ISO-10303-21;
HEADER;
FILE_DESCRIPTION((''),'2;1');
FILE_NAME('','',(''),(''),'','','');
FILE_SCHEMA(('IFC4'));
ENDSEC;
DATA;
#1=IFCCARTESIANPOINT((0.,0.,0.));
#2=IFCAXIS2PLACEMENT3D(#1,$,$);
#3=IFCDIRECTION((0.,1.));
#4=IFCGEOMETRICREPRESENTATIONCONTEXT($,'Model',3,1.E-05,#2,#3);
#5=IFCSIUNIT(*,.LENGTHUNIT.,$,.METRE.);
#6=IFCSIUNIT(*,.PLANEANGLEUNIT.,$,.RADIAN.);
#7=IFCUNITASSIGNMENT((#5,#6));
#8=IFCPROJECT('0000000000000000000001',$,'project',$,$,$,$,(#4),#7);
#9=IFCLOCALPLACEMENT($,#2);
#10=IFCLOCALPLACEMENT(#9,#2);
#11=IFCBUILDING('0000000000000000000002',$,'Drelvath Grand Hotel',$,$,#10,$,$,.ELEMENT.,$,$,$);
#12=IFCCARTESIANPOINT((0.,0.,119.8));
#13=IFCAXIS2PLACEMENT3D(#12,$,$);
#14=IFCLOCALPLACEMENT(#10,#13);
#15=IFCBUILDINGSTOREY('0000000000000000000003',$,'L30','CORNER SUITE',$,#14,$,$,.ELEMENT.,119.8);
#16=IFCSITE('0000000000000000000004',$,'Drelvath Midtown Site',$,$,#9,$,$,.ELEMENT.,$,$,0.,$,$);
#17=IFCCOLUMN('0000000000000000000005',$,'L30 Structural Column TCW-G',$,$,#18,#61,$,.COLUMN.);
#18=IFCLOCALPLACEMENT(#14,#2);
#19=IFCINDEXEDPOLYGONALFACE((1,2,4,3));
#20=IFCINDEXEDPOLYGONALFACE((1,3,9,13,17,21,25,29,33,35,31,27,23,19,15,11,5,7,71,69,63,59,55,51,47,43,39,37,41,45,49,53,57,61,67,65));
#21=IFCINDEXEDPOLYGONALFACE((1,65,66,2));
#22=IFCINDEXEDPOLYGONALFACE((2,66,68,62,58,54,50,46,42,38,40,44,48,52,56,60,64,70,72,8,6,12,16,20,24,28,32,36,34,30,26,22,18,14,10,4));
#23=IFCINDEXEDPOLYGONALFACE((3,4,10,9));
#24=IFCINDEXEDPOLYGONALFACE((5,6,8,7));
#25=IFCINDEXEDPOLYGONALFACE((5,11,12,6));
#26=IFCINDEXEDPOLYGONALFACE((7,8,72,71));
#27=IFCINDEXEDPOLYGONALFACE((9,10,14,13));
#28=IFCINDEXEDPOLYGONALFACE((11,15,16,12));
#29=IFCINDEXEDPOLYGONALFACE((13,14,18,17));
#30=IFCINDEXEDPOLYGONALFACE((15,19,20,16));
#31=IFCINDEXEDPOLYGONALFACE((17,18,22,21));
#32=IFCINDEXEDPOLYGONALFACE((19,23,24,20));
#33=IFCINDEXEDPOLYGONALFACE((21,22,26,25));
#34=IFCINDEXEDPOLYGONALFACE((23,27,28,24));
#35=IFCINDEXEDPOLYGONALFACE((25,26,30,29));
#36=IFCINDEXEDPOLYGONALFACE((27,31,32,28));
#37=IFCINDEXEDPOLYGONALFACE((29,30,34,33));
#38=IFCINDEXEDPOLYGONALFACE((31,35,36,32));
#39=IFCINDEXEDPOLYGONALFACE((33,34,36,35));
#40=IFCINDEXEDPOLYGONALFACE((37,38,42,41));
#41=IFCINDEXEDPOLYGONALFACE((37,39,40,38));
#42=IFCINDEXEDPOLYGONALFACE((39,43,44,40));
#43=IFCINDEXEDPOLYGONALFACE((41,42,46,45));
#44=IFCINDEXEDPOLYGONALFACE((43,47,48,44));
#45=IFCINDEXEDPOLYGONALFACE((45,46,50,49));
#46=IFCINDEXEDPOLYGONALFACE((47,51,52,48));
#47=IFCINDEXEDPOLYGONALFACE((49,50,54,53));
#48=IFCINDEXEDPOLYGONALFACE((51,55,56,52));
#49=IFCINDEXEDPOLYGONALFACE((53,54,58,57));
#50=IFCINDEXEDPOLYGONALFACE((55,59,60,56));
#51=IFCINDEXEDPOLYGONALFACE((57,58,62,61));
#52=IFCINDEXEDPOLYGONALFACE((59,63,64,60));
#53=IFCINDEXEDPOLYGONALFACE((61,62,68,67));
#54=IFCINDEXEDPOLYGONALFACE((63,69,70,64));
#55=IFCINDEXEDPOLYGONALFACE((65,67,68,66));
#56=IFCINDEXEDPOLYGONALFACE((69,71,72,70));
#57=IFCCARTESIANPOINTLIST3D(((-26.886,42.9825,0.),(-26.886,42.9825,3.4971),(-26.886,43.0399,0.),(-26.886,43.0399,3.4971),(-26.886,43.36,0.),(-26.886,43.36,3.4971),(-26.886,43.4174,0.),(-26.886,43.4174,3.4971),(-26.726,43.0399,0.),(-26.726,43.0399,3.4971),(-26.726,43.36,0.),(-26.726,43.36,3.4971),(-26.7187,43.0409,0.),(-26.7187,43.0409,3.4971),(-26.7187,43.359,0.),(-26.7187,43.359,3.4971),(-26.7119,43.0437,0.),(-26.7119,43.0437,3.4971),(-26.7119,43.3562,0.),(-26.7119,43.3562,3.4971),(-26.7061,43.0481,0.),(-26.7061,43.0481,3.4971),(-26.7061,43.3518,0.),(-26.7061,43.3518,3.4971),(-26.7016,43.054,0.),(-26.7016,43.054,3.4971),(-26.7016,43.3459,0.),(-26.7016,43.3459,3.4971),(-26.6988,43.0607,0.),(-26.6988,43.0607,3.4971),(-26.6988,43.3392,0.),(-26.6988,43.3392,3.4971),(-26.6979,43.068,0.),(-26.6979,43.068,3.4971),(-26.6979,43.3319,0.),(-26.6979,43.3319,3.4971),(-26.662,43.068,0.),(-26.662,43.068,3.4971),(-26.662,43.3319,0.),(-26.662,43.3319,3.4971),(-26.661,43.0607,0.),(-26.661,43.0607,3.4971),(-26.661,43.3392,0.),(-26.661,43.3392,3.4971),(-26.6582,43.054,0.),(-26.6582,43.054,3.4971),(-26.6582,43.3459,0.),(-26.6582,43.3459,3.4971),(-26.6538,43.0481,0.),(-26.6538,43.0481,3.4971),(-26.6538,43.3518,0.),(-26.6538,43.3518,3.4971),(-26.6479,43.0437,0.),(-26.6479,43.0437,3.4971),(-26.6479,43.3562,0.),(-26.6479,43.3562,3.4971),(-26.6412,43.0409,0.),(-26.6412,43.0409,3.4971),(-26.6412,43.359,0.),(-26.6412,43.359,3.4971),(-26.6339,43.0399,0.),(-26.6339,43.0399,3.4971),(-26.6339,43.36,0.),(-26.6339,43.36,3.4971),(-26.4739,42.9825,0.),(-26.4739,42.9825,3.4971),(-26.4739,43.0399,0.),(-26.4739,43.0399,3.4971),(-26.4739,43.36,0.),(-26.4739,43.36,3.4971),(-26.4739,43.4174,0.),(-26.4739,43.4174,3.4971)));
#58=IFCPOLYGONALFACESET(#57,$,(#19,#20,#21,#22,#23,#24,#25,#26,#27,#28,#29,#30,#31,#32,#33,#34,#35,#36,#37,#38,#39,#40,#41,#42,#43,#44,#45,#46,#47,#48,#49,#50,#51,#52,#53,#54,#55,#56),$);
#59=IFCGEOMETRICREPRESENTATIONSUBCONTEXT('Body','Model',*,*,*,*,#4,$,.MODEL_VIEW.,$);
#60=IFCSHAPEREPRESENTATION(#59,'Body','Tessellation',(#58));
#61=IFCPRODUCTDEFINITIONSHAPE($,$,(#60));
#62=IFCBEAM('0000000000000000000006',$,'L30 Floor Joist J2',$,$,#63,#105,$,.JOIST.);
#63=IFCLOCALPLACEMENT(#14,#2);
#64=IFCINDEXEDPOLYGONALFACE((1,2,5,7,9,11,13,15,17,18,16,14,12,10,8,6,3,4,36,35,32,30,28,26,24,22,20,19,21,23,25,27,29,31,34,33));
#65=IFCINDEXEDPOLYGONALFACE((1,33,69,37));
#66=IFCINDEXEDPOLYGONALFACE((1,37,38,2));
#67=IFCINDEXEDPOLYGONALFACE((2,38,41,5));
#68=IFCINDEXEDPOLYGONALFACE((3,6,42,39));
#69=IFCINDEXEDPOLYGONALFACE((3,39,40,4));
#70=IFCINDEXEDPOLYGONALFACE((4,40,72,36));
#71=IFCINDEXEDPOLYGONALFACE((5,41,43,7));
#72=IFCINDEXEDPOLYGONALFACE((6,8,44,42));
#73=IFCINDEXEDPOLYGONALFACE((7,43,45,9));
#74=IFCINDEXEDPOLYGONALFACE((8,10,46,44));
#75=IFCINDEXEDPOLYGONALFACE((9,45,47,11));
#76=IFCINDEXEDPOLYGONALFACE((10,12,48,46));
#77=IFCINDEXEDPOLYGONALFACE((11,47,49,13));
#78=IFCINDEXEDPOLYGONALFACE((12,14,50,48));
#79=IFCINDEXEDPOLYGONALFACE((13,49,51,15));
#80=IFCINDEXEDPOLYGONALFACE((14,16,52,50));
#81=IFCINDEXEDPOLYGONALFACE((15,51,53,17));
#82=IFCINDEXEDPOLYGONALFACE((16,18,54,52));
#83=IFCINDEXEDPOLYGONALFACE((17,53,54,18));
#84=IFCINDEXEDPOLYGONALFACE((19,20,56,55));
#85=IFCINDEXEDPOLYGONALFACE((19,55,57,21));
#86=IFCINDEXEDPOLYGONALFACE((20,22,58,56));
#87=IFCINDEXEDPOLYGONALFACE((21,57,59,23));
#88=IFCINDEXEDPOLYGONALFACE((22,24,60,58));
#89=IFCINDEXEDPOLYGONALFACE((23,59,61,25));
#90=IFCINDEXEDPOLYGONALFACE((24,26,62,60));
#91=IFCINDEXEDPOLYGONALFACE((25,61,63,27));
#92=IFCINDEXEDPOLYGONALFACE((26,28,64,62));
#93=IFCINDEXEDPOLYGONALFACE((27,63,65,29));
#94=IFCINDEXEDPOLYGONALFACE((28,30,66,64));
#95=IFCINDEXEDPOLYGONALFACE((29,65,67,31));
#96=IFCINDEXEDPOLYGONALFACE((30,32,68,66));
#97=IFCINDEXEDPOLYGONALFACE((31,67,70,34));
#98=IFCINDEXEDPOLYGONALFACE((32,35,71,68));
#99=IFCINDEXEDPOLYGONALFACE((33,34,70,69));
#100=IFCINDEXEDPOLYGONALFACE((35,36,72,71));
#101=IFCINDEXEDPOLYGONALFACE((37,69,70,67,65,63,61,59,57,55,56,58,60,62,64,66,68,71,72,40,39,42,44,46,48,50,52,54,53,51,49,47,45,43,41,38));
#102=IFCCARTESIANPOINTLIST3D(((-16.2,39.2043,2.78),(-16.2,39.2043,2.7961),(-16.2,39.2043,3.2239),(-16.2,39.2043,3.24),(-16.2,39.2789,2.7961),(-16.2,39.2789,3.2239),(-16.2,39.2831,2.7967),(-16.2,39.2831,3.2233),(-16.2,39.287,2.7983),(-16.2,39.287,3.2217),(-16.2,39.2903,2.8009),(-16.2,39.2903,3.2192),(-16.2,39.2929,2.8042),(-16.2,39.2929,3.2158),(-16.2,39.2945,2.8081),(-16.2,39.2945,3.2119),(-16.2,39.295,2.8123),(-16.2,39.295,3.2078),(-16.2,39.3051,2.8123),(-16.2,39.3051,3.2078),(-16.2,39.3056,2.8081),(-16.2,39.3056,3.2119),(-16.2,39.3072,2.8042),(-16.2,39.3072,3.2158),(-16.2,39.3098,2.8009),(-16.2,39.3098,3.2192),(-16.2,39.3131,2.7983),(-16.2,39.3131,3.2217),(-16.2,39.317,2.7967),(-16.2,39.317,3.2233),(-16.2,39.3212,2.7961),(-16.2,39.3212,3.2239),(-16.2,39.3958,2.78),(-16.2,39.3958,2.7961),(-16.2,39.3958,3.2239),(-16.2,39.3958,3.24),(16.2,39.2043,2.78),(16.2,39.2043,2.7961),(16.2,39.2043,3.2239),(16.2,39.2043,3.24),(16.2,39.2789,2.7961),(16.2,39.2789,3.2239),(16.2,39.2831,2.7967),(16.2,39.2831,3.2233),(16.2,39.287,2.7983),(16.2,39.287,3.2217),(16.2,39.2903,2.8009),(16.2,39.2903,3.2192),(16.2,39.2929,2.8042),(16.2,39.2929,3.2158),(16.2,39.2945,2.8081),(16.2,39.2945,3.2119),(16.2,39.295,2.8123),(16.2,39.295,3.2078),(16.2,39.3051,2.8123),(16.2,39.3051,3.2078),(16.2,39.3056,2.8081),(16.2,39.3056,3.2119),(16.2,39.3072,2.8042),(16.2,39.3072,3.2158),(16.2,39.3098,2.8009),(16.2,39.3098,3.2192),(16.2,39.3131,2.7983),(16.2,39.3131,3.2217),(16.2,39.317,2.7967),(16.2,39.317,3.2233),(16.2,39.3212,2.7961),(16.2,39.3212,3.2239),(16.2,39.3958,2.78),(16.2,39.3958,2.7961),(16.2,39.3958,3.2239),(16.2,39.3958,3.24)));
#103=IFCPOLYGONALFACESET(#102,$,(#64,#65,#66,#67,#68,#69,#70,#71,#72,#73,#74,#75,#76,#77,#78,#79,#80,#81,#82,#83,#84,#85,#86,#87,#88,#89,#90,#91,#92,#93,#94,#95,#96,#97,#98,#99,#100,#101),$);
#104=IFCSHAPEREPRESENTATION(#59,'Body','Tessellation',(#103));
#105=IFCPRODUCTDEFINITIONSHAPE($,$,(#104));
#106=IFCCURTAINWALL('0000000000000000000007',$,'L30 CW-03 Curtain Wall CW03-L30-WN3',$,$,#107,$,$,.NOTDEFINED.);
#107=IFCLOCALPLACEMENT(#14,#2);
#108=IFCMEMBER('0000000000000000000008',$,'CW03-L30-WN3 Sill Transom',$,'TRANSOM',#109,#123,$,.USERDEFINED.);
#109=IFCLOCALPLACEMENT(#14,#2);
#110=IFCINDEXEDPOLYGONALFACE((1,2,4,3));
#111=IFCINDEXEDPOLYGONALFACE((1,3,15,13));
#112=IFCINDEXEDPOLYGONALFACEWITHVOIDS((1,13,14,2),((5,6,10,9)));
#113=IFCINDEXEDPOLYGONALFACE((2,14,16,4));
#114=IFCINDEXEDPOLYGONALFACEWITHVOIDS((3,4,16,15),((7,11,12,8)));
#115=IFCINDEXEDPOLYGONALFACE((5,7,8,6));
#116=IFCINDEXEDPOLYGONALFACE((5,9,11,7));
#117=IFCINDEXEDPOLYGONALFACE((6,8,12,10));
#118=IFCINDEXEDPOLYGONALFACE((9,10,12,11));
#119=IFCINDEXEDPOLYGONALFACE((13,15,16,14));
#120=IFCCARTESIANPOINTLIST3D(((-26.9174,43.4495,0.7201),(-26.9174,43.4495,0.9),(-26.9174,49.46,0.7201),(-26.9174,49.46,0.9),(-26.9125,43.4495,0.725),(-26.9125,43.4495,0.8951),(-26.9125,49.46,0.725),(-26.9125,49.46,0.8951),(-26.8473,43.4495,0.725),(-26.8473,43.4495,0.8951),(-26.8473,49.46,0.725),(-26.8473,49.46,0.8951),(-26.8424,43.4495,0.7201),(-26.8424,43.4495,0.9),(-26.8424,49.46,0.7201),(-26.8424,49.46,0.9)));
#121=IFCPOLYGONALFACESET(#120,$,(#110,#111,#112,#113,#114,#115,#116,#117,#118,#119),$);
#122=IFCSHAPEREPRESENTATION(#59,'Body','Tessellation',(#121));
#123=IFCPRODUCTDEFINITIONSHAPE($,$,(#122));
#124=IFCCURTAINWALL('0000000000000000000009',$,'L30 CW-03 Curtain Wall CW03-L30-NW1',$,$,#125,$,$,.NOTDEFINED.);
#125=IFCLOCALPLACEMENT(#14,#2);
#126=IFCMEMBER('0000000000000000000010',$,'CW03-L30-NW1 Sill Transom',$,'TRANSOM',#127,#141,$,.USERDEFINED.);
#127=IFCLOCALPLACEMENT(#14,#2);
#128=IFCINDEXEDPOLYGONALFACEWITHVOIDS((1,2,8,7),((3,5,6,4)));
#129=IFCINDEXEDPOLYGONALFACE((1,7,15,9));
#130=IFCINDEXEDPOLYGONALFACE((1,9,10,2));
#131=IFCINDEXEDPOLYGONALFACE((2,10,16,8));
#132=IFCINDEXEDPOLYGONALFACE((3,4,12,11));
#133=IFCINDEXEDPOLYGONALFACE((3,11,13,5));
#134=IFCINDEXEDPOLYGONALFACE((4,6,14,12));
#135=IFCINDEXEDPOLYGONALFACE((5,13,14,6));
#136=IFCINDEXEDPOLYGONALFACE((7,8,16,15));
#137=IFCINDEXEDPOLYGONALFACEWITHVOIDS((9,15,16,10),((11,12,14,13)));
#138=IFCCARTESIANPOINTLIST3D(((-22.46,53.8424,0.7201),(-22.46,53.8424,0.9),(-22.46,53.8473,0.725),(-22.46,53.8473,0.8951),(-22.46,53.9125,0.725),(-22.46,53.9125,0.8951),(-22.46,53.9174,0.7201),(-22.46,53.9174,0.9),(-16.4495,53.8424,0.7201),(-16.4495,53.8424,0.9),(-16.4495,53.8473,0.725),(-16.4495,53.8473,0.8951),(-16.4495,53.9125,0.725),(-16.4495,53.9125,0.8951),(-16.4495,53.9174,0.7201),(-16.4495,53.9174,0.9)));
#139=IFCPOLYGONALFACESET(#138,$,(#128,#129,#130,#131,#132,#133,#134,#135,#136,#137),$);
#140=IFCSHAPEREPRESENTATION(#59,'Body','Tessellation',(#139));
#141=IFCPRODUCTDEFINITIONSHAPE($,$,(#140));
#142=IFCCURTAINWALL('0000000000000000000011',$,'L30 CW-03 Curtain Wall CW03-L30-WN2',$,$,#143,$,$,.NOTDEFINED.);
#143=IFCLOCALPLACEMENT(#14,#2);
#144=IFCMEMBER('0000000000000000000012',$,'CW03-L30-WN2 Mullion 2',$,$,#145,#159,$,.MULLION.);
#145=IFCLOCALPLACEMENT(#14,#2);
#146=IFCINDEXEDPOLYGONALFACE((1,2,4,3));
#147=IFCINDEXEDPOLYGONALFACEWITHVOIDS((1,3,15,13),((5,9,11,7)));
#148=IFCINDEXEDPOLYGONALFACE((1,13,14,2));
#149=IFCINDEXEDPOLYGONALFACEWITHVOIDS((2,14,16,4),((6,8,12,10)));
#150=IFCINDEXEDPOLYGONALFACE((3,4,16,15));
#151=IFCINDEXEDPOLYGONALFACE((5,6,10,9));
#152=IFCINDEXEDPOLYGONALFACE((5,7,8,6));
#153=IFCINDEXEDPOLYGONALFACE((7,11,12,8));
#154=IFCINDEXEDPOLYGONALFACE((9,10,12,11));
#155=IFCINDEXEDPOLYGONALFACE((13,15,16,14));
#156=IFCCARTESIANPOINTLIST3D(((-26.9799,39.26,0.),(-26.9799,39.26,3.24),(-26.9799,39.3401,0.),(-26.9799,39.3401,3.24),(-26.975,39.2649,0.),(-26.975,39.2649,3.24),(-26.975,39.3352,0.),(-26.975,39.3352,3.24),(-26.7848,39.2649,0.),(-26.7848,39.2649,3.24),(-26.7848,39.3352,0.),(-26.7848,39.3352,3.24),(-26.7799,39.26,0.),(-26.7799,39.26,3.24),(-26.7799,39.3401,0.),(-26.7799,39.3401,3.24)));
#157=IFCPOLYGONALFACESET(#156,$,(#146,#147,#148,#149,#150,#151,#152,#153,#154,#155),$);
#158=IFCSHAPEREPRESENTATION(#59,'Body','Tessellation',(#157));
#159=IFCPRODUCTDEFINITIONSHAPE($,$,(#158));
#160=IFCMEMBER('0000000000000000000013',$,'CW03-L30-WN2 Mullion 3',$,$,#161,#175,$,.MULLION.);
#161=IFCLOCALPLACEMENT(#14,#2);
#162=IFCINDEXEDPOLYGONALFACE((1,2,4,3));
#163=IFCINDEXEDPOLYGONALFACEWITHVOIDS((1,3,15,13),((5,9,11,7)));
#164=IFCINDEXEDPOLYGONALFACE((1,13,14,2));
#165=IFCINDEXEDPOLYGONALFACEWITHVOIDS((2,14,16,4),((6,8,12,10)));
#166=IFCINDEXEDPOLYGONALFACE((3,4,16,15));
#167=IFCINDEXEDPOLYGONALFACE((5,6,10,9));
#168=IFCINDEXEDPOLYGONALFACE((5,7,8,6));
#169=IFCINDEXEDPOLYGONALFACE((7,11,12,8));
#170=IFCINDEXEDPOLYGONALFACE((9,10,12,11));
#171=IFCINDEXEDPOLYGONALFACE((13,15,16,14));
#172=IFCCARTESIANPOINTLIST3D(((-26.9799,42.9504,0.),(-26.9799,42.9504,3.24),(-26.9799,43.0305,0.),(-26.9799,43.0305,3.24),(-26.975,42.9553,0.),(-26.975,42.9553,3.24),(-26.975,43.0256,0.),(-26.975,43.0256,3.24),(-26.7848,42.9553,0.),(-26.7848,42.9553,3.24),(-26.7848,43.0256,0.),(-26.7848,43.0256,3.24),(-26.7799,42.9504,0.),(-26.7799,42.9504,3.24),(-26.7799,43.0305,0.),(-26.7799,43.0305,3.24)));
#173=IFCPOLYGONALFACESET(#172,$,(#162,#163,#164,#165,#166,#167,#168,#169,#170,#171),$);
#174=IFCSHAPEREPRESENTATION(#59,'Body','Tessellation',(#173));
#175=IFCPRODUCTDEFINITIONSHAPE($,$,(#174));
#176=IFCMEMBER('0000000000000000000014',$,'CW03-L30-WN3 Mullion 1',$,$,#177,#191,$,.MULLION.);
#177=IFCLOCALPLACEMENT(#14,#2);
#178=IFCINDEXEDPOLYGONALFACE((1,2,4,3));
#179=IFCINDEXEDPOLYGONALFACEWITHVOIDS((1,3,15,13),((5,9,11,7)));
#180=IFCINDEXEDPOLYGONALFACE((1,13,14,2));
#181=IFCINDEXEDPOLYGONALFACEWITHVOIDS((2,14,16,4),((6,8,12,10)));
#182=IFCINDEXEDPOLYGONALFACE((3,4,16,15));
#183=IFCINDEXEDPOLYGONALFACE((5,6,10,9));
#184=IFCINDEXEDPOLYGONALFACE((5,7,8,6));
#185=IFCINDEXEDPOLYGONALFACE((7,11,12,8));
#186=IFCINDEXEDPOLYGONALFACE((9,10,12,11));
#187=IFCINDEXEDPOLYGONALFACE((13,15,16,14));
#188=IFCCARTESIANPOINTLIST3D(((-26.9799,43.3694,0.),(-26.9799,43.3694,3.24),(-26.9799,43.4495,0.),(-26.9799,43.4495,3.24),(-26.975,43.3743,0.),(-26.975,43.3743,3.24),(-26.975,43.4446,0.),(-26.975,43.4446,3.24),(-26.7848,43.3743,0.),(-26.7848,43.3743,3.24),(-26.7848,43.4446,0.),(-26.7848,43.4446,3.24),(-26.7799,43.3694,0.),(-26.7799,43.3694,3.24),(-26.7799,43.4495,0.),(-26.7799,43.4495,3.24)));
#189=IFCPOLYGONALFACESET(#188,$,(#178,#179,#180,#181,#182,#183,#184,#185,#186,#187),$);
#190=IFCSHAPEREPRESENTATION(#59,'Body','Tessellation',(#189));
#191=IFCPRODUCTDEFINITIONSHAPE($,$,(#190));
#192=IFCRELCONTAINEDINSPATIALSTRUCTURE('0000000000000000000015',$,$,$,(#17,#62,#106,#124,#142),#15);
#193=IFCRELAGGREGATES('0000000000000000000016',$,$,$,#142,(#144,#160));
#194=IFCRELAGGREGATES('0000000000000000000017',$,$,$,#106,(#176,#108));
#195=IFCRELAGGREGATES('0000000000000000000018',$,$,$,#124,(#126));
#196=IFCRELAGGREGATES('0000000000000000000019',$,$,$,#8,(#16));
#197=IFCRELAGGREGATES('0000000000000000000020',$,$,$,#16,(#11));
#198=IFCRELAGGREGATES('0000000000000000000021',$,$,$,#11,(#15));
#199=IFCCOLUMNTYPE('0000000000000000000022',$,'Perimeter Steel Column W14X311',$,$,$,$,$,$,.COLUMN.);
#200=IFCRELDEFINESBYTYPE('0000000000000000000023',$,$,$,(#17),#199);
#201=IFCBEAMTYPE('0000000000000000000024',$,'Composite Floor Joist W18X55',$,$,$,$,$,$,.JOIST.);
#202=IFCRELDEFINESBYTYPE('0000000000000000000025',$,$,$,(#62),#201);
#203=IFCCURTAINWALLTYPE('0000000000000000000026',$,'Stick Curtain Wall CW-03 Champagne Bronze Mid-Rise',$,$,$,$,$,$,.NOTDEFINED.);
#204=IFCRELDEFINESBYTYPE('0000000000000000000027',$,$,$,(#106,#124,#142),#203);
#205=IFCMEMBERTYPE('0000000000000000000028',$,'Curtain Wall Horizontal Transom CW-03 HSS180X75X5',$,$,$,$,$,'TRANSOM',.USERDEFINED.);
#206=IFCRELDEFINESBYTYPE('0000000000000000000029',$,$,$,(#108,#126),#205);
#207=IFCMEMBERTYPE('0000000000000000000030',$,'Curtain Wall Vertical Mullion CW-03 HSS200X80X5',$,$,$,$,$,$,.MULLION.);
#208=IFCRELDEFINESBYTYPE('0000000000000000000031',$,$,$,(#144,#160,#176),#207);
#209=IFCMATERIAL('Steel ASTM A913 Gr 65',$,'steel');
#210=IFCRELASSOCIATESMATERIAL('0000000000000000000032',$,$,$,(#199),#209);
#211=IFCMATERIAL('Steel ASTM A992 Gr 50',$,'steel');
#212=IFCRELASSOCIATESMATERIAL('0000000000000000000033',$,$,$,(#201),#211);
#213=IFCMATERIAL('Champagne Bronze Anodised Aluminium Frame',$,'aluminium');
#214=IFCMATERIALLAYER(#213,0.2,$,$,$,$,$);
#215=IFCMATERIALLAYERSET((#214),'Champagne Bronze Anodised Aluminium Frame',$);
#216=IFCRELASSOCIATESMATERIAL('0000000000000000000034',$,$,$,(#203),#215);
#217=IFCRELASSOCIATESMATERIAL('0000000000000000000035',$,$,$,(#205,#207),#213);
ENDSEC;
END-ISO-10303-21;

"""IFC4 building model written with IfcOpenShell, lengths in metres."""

from ifc_helpers import new_model, si_unit, direction, frame, origin, origin_2d, place, context, subcontext, project, spatial, hollow_rectangle, i_section, extrude, material, layer, layer_set, material_profile, profile_set, type_object, element, aggregate, save


model = new_model("IFC4")

# Units and contexts
model_context = context("Model", 3, precision=1e-05, world=origin(), true_north=direction((0.0, 1.0)))
body_context = subcontext(model_context, "Body", "Model", "MODEL_VIEW")
ifc_project = project(units=[si_unit("LENGTHUNIT", "METRE"), si_unit("PLANEANGLEUNIT", "RADIAN")], contexts=[model_context])

# Site, building, storey
site_placement = place(None, origin())
site = spatial("IfcSite", under=ifc_project, at=site_placement, Name="Drelvath Midtown Site", CompositionType="ELEMENT", RefElevation=0.0)
building_placement = place(site_placement, origin())
building = spatial("IfcBuilding", under=site, at=building_placement, Name="Drelvath Grand Hotel", CompositionType="ELEMENT")
storey_placement = place(building_placement, frame((0.0, 0.0, 119.8)))
storey = spatial("IfcBuildingStorey", under=building, at=storey_placement, Name="L30", Description="CORNER SUITE", CompositionType="ELEMENT", Elevation=119.8)

# Column
ifc_material_1 = material(Name="Steel ASTM A913 Gr 65", Category="steel")
ifc_material_profile_1 = material_profile(ifc_material_1, i_section(OverallWidth=0.4121, OverallDepth=0.4348, WebThickness=0.0359, FlangeThickness=0.0574, FilletRadius=0.0281, at=origin_2d()), Name="W14X311")
ifc_profile_set_1 = profile_set([ifc_material_profile_1], Name="Steel ASTM A913 Gr 65")
column_type = type_object("IfcColumnType", Name="Perimeter Steel Column W14X311", PredefinedType="COLUMN", material=ifc_profile_set_1)
column_placement = place(storey_placement, frame((-26.6799, 43.2, 0.0), z_axis=(0.0, 0.0, 1.0), x_axis=(1.0, 0.0, 0.0)))
element("IfcColumn", 1, at=column_placement, inside=storey, type_object=column_type, Name="L30 Structural Column TCW-G", PredefinedType="COLUMN", context=body_context, shape_type="SweptSolid", body=[
    extrude(i_section(OverallWidth=0.4121, OverallDepth=0.4348, WebThickness=0.0359, FlangeThickness=0.0574, FilletRadius=0.0281, at=origin_2d()), origin(), (0.0, 0.0, 1.0), 3.4971),
])

# Beam
ifc_material_2 = material(Name="Steel ASTM A992 Gr 50", Category="steel")
ifc_material_profile_2 = material_profile(ifc_material_2, i_section(OverallWidth=0.1914, OverallDepth=0.46, WebThickness=0.01, FlangeThickness=0.0161, FilletRadius=0.0161, at=origin_2d()), Name="W18X55")
ifc_profile_set_2 = profile_set([ifc_material_profile_2], Name="Steel ASTM A992 Gr 50")
beam_type_1 = type_object("IfcBeamType", Name="Composite Floor Joist W18X55", PredefinedType="JOIST", material=ifc_profile_set_2)
beam_1_placement = place(storey_placement, frame((-16.2, 39.3, 3.01), z_axis=(1.0, 0.0, 0.0), x_axis=(0.0, 1.0, 0.0)))
element("IfcBeam", 2, at=beam_1_placement, inside=storey, type_object=beam_type_1, Name="L30 Floor Joist J2", PredefinedType="JOIST", context=body_context, shape_type="SweptSolid", body=[
    extrude(i_section(OverallWidth=0.1914, OverallDepth=0.46, WebThickness=0.01, FlangeThickness=0.0161, FilletRadius=0.0161, at=origin_2d()), origin(), (0.0, 0.0, 1.0), 32.3999),
])

# Curtain walls, members
ifc_material_3 = material(Name="Champagne Bronze Anodised Aluminium Frame", Category="aluminium")
ifc_layer_1 = layer(ifc_material_3, 0.2)
ifc_layer_set_1 = layer_set([ifc_layer_1], Name="Champagne Bronze Anodised Aluminium Frame")
curtain_wall_type = type_object("IfcCurtainWallType", Name="Stick Curtain Wall CW-03 Champagne Bronze Mid-Rise", PredefinedType="NOTDEFINED", material=ifc_layer_set_1)
curtain_wall_1_placement = place(storey_placement, origin())
curtain_wall_1 = element("IfcCurtainWall", 3, at=curtain_wall_1_placement, inside=storey, type_object=curtain_wall_type, Name="L30 CW-03 Curtain Wall CW03-L30-WN3", PredefinedType="NOTDEFINED")
ifc_material_profile_3 = material_profile(ifc_material_3, hollow_rectangle(XDim=0.075, YDim=0.1799, WallThickness=0.0049, at=origin_2d()), Name="HSS180X75X5")
ifc_profile_set_3 = profile_set([ifc_material_profile_3], Name="Champagne Bronze Anodised Aluminium Frame")
member_type_1 = type_object("IfcMemberType", Name="Curtain Wall Horizontal Transom CW-03 HSS180X75X5", ElementType="TRANSOM", PredefinedType="USERDEFINED", material=ifc_profile_set_3)
member_1_placement = place(storey_placement, frame((-26.8799, 43.4495, 0.8101), z_axis=(0.0, 1.0, 0.0), x_axis=(-1.0, 0.0, 0.0)))
member_1 = element("IfcMember", 4, at=member_1_placement, type_object=member_type_1, Name="CW03-L30-WN3 Sill Transom", ObjectType="TRANSOM", PredefinedType="USERDEFINED", context=body_context, shape_type="SweptSolid", body=[
    extrude(hollow_rectangle(XDim=0.075, YDim=0.1799, WallThickness=0.0049, at=origin_2d()), origin(), (0.0, 0.0, 1.0), 6.0105),
])
curtain_wall_2_placement = place(storey_placement, origin())
curtain_wall_2 = element("IfcCurtainWall", 5, at=curtain_wall_2_placement, inside=storey, type_object=curtain_wall_type, Name="L30 CW-03 Curtain Wall CW03-L30-NW1", PredefinedType="NOTDEFINED")
member_2_placement = place(storey_placement, frame((-22.46, 53.8799, 0.8101), z_axis=(1.0, 0.0, 0.0), x_axis=(0.0, 1.0, 0.0)))
member_2 = element("IfcMember", 6, at=member_2_placement, type_object=member_type_1, Name="CW03-L30-NW1 Sill Transom", ObjectType="TRANSOM", PredefinedType="USERDEFINED", context=body_context, shape_type="SweptSolid", body=[
    extrude(hollow_rectangle(XDim=0.075, YDim=0.1799, WallThickness=0.0049, at=origin_2d()), origin(), (0.0, 0.0, 1.0), 6.0105),
])

# Curtain wall, members
curtain_wall_3_placement = place(storey_placement, origin())
curtain_wall_3 = element("IfcCurtainWall", 7, at=curtain_wall_3_placement, inside=storey, type_object=curtain_wall_type, Name="L30 CW-03 Curtain Wall CW03-L30-WN2", PredefinedType="NOTDEFINED")
ifc_material_profile_4 = material_profile(ifc_material_3, hollow_rectangle(XDim=0.0801, YDim=0.2, WallThickness=0.0049, at=origin_2d()), Name="HSS200X80X5")
ifc_profile_set_4 = profile_set([ifc_material_profile_4], Name="Champagne Bronze Anodised Aluminium Frame")
member_type_2 = type_object("IfcMemberType", Name="Curtain Wall Vertical Mullion CW-03 HSS200X80X5", PredefinedType="MULLION", material=ifc_profile_set_4)
member_3_placement = place(storey_placement, frame((-26.8799, 39.3, 0.0), z_axis=(0.0, 0.0, 1.0), x_axis=(0.0, 1.0, 0.0)))
member_3 = element("IfcMember", 8, at=member_3_placement, type_object=member_type_2, Name="CW03-L30-WN2 Mullion 2", PredefinedType="MULLION", context=body_context, shape_type="SweptSolid", body=[
    extrude(hollow_rectangle(XDim=0.0801, YDim=0.2, WallThickness=0.0049, at=origin_2d()), origin(), (0.0, 0.0, 1.0), 3.24),
])
member_4_placement = place(storey_placement, frame((-26.8799, 42.9905, 0.0), z_axis=(0.0, 0.0, 1.0), x_axis=(0.0, 1.0, 0.0)))
member_4 = element("IfcMember", 9, at=member_4_placement, type_object=member_type_2, Name="CW03-L30-WN2 Mullion 3", PredefinedType="MULLION", context=body_context, shape_type="SweptSolid", body=[
    extrude(hollow_rectangle(XDim=0.0801, YDim=0.2, WallThickness=0.0049, at=origin_2d()), origin(), (0.0, 0.0, 1.0), 3.24),
])

# Member
member_5_placement = place(storey_placement, frame((-26.8799, 43.4094, 0.0), z_axis=(0.0, 0.0, 1.0), x_axis=(0.0, 1.0, 0.0)))
member_5 = element("IfcMember", 10, at=member_5_placement, type_object=member_type_2, Name="CW03-L30-WN3 Mullion 1", PredefinedType="MULLION", context=body_context, shape_type="SweptSolid", body=[
    extrude(hollow_rectangle(XDim=0.0801, YDim=0.2, WallThickness=0.0049, at=origin_2d()), origin(), (0.0, 0.0, 1.0), 3.24),
])

aggregate(curtain_wall_3, [member_3, member_4])
aggregate(curtain_wall_1, [member_5, member_1])
aggregate(curtain_wall_2, [member_2])

save(model, "model.ifc")
